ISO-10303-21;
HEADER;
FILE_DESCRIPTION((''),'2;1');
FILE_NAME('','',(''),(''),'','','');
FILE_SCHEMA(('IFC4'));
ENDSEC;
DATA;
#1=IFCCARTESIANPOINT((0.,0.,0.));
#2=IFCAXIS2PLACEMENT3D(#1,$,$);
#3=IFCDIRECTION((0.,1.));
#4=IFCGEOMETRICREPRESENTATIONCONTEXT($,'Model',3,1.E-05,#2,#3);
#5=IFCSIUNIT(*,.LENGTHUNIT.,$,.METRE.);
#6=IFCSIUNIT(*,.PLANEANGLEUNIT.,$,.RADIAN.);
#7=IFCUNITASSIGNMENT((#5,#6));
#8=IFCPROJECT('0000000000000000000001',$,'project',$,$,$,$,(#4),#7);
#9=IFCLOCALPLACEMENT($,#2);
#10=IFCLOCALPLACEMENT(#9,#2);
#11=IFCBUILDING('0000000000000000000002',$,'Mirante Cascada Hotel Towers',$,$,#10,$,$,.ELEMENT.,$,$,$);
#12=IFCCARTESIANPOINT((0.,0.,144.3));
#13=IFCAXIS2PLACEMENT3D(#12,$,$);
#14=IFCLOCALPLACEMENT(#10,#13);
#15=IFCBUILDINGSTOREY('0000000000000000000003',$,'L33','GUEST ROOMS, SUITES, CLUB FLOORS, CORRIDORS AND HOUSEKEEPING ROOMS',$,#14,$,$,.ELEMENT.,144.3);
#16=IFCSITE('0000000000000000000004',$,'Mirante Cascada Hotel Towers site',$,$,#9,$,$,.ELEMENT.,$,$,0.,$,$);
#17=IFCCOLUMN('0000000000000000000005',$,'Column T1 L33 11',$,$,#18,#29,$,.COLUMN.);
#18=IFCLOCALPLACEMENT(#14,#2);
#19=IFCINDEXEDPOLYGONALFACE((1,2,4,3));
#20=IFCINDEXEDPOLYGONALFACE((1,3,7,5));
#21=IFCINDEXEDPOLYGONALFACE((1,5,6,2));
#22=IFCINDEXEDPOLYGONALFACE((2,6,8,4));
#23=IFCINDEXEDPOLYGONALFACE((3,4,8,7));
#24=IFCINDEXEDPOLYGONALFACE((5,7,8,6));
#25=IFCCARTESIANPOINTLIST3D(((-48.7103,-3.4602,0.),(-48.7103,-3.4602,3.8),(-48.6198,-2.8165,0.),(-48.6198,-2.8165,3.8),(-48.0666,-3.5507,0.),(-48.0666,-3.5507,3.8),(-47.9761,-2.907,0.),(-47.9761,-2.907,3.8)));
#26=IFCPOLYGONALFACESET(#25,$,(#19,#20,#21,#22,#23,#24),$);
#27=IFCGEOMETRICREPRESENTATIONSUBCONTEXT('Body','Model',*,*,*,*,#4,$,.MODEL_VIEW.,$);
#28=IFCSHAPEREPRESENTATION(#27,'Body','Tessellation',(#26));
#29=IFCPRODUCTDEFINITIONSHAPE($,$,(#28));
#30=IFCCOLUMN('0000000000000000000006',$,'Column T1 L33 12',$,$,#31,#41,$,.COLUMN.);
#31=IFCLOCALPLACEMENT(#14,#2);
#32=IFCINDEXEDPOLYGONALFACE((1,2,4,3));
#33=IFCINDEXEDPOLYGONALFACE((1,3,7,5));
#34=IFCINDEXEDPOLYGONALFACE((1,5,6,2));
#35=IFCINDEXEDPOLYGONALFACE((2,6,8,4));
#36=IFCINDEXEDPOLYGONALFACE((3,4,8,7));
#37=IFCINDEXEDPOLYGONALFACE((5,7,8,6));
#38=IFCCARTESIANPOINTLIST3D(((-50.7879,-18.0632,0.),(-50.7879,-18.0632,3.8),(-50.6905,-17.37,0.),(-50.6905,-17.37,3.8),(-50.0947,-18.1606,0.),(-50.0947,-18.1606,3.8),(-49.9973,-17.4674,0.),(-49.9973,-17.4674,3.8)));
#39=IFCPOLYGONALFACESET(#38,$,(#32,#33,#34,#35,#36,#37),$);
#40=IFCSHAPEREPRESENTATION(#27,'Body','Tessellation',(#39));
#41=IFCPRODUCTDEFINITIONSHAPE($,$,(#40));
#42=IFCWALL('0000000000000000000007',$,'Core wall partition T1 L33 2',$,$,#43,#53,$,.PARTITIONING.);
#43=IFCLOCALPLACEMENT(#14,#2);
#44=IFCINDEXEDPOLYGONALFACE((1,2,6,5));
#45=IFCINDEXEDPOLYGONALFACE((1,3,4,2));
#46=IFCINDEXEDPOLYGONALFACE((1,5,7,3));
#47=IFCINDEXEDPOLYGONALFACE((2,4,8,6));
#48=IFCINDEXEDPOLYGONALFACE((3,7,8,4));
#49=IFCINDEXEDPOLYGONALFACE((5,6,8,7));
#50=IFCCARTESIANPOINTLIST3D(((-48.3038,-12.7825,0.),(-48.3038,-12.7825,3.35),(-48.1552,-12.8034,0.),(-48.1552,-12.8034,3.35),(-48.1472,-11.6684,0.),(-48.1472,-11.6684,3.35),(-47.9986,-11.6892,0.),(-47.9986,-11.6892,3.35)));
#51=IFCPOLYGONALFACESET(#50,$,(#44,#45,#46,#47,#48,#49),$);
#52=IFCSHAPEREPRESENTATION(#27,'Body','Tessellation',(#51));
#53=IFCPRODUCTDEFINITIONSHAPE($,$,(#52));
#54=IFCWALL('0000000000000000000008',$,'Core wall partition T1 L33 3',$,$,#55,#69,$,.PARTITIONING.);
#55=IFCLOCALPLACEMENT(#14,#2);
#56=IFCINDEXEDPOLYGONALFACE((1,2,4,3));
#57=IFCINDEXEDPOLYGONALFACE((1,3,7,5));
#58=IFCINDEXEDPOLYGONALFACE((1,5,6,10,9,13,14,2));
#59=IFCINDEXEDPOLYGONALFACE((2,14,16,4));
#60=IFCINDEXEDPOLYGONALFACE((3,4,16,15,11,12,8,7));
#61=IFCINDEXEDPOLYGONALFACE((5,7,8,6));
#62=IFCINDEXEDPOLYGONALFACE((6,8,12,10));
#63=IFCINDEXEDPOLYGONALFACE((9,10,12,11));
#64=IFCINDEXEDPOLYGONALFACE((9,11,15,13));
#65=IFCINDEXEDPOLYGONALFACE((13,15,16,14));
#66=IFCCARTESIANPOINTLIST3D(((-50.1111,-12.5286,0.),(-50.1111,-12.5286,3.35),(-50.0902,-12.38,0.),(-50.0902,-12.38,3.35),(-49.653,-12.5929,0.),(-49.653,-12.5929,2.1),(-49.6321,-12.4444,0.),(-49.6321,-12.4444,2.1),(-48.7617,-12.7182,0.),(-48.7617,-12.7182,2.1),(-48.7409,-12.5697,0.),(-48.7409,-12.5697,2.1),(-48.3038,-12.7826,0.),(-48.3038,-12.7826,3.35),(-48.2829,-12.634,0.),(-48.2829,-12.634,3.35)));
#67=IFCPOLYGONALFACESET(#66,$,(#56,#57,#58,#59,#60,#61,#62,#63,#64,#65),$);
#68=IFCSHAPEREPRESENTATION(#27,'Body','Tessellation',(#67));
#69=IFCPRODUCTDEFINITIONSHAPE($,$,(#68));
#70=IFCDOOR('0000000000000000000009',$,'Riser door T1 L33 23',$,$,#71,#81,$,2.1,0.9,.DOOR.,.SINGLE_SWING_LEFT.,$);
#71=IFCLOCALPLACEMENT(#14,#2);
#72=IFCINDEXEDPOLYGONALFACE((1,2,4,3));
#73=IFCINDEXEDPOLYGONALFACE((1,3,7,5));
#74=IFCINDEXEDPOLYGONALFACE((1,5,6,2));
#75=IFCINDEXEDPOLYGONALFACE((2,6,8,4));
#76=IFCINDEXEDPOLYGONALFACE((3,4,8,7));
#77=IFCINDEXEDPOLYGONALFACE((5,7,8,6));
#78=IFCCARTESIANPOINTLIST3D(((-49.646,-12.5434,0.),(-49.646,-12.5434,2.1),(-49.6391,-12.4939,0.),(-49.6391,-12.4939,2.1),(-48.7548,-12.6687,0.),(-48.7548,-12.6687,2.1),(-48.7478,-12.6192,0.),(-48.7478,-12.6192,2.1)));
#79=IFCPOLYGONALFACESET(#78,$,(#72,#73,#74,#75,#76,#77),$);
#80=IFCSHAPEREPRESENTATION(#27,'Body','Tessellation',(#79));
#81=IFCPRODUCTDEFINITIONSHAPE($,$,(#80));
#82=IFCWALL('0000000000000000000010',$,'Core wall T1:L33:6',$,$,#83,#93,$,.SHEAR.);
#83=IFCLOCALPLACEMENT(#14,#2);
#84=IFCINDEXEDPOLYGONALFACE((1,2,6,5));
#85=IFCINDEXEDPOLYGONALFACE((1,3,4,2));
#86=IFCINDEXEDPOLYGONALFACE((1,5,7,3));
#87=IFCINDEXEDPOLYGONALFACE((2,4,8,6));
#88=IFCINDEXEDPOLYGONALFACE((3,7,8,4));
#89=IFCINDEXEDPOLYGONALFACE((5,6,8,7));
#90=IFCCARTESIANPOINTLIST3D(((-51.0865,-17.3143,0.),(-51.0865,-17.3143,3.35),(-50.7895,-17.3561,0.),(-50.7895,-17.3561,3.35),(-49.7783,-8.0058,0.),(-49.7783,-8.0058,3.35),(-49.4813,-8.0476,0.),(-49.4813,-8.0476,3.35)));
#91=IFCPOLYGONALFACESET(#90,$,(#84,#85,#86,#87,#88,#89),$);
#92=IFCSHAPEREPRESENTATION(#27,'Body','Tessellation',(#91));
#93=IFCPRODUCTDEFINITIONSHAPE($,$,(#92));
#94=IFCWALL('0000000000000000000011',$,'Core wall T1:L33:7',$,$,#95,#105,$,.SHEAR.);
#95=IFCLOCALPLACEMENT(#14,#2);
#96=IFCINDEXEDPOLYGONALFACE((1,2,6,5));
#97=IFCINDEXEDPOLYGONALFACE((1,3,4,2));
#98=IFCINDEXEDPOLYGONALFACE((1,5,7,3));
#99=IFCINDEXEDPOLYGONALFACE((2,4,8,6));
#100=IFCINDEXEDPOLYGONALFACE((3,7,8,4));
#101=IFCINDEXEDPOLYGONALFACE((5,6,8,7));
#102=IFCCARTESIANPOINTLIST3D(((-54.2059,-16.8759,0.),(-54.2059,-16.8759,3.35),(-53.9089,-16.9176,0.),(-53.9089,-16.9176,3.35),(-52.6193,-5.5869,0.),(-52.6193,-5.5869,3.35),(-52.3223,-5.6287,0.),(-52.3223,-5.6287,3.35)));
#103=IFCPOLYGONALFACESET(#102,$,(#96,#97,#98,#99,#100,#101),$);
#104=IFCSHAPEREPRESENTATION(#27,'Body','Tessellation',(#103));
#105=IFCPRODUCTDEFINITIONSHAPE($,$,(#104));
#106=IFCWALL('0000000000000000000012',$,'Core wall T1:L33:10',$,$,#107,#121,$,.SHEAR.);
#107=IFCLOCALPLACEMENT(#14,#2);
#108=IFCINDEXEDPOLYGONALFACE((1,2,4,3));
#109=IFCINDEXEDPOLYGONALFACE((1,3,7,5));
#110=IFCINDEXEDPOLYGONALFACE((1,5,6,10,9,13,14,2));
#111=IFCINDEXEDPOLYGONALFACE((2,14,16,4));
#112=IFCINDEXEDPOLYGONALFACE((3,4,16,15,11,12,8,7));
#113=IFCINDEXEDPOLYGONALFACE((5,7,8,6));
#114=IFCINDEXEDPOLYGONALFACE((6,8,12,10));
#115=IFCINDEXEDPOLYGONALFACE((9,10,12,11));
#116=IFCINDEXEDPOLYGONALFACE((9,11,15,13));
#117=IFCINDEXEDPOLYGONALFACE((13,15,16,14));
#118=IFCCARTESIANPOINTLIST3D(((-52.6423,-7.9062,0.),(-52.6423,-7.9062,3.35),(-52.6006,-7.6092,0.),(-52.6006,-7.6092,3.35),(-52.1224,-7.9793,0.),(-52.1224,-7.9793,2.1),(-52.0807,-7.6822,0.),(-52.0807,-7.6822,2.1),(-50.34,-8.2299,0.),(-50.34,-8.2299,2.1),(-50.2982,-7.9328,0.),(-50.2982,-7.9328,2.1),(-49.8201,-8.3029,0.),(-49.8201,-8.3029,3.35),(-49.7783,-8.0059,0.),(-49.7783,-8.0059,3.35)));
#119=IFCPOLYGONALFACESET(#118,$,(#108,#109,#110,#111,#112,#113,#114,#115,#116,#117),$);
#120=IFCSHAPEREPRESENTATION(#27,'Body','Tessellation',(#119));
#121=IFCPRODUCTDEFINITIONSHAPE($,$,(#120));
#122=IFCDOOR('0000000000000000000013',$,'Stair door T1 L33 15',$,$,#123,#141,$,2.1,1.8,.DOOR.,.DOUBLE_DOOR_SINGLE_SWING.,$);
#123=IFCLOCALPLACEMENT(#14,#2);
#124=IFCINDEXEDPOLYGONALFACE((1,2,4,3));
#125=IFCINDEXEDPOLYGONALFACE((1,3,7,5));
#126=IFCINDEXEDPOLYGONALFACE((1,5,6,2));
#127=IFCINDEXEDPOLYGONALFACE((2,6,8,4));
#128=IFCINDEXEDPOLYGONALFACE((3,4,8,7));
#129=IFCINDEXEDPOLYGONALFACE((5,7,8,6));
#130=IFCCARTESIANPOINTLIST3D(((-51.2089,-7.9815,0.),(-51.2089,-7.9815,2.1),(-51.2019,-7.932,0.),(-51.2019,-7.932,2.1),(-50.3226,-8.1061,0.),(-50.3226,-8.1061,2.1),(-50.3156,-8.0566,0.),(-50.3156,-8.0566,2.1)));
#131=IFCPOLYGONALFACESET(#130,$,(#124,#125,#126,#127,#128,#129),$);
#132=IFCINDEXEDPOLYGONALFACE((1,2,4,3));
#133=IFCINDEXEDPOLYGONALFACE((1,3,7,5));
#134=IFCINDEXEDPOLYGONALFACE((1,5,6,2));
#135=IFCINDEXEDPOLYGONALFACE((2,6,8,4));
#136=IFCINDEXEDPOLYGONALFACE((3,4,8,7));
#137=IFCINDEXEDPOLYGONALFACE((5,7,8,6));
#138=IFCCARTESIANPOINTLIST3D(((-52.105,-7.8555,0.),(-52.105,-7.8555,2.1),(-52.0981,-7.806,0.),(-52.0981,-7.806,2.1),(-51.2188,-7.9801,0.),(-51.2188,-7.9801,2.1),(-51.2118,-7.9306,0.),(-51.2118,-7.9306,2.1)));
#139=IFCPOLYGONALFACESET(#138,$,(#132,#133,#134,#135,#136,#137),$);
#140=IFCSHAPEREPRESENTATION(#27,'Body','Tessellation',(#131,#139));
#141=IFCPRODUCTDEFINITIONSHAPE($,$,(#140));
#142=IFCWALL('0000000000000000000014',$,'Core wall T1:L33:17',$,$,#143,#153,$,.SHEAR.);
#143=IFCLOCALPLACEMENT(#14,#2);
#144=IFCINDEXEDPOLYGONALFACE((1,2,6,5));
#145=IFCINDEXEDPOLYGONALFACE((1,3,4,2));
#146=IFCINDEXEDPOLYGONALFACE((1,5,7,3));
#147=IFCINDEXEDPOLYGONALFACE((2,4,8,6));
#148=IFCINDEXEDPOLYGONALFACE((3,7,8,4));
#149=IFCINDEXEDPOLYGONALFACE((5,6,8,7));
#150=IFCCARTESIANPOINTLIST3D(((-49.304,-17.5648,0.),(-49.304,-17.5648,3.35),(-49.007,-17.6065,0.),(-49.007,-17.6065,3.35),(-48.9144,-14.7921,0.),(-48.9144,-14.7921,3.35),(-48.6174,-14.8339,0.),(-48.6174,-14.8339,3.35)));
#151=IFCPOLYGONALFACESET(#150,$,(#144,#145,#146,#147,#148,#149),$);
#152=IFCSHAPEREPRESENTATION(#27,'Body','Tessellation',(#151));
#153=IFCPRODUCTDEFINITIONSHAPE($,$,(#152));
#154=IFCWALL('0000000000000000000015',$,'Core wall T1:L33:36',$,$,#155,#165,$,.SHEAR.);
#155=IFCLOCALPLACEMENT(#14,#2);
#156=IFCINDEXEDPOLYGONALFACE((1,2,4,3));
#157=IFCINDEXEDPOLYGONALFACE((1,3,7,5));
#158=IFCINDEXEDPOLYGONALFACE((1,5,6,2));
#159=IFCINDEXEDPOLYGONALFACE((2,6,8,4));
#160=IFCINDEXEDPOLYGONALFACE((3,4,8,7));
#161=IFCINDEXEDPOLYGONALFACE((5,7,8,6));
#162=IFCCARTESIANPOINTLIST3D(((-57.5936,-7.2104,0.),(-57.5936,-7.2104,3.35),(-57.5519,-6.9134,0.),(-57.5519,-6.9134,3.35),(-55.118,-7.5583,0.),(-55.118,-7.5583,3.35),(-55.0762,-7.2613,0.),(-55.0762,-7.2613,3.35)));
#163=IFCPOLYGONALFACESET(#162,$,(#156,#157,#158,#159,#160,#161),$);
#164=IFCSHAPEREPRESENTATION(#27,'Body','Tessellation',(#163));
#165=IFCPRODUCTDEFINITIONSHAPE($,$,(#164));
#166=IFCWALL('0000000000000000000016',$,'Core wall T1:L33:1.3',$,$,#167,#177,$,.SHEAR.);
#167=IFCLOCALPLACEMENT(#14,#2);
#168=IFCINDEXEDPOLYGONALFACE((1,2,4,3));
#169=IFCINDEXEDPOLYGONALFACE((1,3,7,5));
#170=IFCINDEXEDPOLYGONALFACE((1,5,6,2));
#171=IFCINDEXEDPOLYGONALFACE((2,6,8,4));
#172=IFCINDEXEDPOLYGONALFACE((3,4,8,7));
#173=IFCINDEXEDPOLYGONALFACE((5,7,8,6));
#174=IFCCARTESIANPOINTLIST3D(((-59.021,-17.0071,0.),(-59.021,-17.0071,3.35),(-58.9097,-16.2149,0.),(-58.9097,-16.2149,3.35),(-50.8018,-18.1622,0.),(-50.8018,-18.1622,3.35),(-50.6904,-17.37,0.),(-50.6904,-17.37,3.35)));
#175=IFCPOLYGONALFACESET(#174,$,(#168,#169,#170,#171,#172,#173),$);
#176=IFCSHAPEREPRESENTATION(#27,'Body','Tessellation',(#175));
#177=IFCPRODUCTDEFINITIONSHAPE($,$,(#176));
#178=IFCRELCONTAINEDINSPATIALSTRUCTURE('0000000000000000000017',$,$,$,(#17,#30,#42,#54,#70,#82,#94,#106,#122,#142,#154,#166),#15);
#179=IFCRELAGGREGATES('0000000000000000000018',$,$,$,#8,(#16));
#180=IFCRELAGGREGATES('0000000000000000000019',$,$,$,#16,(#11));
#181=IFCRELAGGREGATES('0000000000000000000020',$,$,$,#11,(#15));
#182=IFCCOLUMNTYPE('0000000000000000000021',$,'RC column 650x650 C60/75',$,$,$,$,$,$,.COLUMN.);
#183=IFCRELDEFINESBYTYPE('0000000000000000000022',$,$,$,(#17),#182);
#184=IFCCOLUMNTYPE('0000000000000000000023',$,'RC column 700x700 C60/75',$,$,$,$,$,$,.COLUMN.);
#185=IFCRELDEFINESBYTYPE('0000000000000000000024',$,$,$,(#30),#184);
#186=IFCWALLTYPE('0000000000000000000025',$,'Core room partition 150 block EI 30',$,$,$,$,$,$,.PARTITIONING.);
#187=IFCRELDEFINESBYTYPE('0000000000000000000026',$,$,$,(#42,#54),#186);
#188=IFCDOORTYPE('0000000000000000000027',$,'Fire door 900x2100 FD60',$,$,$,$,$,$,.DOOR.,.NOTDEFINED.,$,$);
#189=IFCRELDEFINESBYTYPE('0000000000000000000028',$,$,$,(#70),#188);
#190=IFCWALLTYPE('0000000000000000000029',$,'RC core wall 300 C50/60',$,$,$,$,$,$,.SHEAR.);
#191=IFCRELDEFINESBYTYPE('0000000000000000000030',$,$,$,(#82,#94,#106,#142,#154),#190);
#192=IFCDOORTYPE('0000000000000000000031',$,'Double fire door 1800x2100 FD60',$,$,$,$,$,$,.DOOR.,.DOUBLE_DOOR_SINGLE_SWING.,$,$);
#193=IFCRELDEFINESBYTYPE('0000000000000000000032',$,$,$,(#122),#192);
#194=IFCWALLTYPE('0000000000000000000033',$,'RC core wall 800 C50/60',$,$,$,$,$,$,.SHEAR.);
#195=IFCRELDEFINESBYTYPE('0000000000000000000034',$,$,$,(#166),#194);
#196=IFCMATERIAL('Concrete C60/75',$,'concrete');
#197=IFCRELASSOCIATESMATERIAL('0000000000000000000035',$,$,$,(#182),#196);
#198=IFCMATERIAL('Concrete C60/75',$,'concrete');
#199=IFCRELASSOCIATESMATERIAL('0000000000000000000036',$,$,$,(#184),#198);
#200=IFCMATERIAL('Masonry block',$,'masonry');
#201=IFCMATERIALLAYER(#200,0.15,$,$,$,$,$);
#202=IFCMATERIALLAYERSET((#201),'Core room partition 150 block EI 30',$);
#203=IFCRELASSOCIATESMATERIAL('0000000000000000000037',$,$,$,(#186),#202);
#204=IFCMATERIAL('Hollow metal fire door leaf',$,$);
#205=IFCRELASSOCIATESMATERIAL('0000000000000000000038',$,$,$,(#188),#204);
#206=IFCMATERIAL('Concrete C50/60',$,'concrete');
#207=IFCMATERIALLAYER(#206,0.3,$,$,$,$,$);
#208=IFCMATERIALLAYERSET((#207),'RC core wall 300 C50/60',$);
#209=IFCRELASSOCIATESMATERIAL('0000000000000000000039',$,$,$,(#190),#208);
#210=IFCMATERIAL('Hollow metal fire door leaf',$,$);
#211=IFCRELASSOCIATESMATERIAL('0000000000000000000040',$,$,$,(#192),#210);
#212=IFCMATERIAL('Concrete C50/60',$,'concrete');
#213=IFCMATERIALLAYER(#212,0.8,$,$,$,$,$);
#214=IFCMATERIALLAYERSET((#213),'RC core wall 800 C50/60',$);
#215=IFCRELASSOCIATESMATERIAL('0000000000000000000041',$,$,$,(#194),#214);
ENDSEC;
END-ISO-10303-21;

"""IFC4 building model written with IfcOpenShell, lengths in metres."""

from ifc_helpers import new_model, si_unit, direction, frame, frame_2d, origin, origin_2d, place, context, subcontext, project, spatial, rectangle, extrude, material, layer, layer_set, material_profile, profile_set, type_object, element, fill, save


model = new_model("IFC4")

# Units and contexts
model_context = context("Model", 3, precision=1e-05, world=origin(), true_north=direction((0.0, 1.0)))
body_context = subcontext(model_context, "Body", "Model", "MODEL_VIEW")
ifc_project = project(units=[si_unit("LENGTHUNIT", "METRE"), si_unit("PLANEANGLEUNIT", "RADIAN")], contexts=[model_context])

# Site, building, storey
site_placement = place(None, origin())
site = spatial("IfcSite", under=ifc_project, at=site_placement, Name="Mirante Cascada Hotel Towers site", CompositionType="ELEMENT", RefElevation=0.0)
building_placement = place(site_placement, origin())
building = spatial("IfcBuilding", under=site, at=building_placement, Name="Mirante Cascada Hotel Towers", CompositionType="ELEMENT")
storey_placement = place(building_placement, frame((0.0, 0.0, 144.3)))
storey = spatial("IfcBuildingStorey", under=building, at=storey_placement, Name="L33", Description="GUEST ROOMS, SUITES, CLUB FLOORS, CORRIDORS AND HOUSEKEEPING ROOMS", CompositionType="ELEMENT", Elevation=144.3)

# Columns
ifc_material_1 = material(Name="Concrete C60/75", Category="concrete")
ifc_material_profile_1 = material_profile(ifc_material_1, rectangle(XDim=0.65, YDim=0.65, at=origin_2d()), Name="RC column 650x650 C60/75")
ifc_profile_set_1 = profile_set([ifc_material_profile_1], Name="Concrete C60/75")
column_type_1 = type_object("IfcColumnType", Name="RC column 650x650 C60/75", PredefinedType="COLUMN", material=ifc_profile_set_1)
column_1_placement = place(storey_placement, frame((-48.3432, -3.1836, 0.0), z_axis=(0.0, 0.0, 1.0), x_axis=(-0.990268, 0.139173, 0.0)))
element("IfcColumn", 1, at=column_1_placement, inside=storey, type_object=column_type_1, Name="Column T1 L33 11", PredefinedType="COLUMN", context=body_context, shape_type="SweptSolid", body=[
    extrude(rectangle(XDim=0.65, YDim=0.65, at=origin_2d()), origin(), (0.0, 0.0, 1.0), 3.8),
])
ifc_material_2 = material(Name="Concrete C60/75", Category="concrete")
ifc_material_profile_2 = material_profile(ifc_material_2, rectangle(XDim=0.7, YDim=0.7, at=origin_2d()), Name="RC column 700x700 C60/75")
ifc_profile_set_2 = profile_set([ifc_material_profile_2], Name="Concrete C60/75")
column_type_2 = type_object("IfcColumnType", Name="RC column 700x700 C60/75", PredefinedType="COLUMN", material=ifc_profile_set_2)
column_2_placement = place(storey_placement, frame((-50.3926, -17.7653, 0.0), z_axis=(0.0, 0.0, 1.0), x_axis=(-0.990268, 0.139173, 0.0)))
element("IfcColumn", 2, at=column_2_placement, inside=storey, type_object=column_type_2, Name="Column T1 L33 12", PredefinedType="COLUMN", context=body_context, shape_type="SweptSolid", body=[
    extrude(rectangle(XDim=0.7, YDim=0.7, at=origin_2d()), origin(), (0.0, 0.0, 1.0), 3.8),
])

# Wall
ifc_material_3 = material(Name="Masonry block", Category="masonry")
ifc_layer_1 = layer(ifc_material_3, 0.15)
ifc_layer_set_1 = layer_set([ifc_layer_1], Name="Core room partition 150 block EI 30")
wall_type_1 = type_object("IfcWallType", Name="Core room partition 150 block EI 30", PredefinedType="PARTITIONING", material=ifc_layer_set_1)
wall_1_placement = place(storey_placement, frame((-48.2295, -12.793, 0.0), z_axis=(0.0, 0.0, 1.0), x_axis=(0.139193, 0.990265, 0.0)))
element("IfcWall", 3, at=wall_1_placement, inside=storey, type_object=wall_type_1, Name="Core wall partition T1 L33 2", PredefinedType="PARTITIONING", context=body_context, shape_type="SweptSolid", body=[
    extrude(rectangle(XDim=1.1251, YDim=0.15, at=frame_2d((0.5626, 0.0))), origin(), (0.0, 0.0, 1.0), 3.35),
])

# Wall, opening, door
wall_2_placement = place(storey_placement, frame((-48.2933, -12.7083, 0.0), z_axis=(0.0, 0.0, 1.0), x_axis=(-0.990268, 0.139173, 0.0)))
wall_2 = element("IfcWall", 4, at=wall_2_placement, inside=storey, type_object=wall_type_1, Name="Core wall partition T1 L33 3", PredefinedType="PARTITIONING", context=body_context, shape_type="SweptSolid", body=[
    extrude(rectangle(XDim=1.8251, YDim=0.15, at=frame_2d((0.9126, 0.0))), origin(), (0.0, 0.0, 1.0), 3.35),
])
opening_1_placement = place(wall_2_placement, frame((0.4625, 0.0, 0.0)))
opening_1 = element("IfcOpeningElement", 5, at=opening_1_placement, cuts=wall_2, PredefinedType="OPENING", context=body_context, shape_type="SweptSolid", body=[
    extrude(rectangle(XDim=0.9, YDim=2.1, at=frame_2d((0.45, 1.05))), frame((0.0, 0.075, 0.0), z_axis=(0.0, -1.0, 0.0), x_axis=(1.0, 0.0, 0.0)), (0.0, 0.0, 1.0), 0.15),
])
ifc_material_4 = material(Name="Hollow metal fire door leaf")
door_type_1 = type_object("IfcDoorType", Name="Fire door 900x2100 FD60", OperationType="NOTDEFINED", PredefinedType="DOOR", material=ifc_material_4)
door_1_placement = place(opening_1_placement, origin())
door_1 = element("IfcDoor", 6, at=door_1_placement, inside=storey, type_object=door_type_1, Name="Riser door T1 L33 23", OperationType="SINGLE_SWING_LEFT", OverallHeight=2.1, OverallWidth=0.9, PredefinedType="DOOR", context=body_context, shape_type="SweptSolid", body=[
    extrude(rectangle(XDim=0.9, YDim=2.1, at=frame_2d((0.45, 1.05))), frame((0.0, 0.025, 0.0), z_axis=(0.0, -1.0, 0.0), x_axis=(1.0, 0.0, 0.0)), (0.0, 0.0, 1.0), 0.05),
])
fill(opening_1, door_1)

# Walls
ifc_material_5 = material(Name="Concrete C50/60", Category="concrete")
ifc_layer_2 = layer(ifc_material_5, 0.3)
ifc_layer_set_2 = layer_set([ifc_layer_2], Name="RC core wall 300 C50/60")
wall_type_2 = type_object("IfcWallType", Name="RC core wall 300 C50/60", PredefinedType="SHEAR", material=ifc_layer_set_2)
wall_3_placement = place(storey_placement, frame((-50.938, -17.3352, 0.0), z_axis=(0.0, 0.0, 1.0), x_axis=(0.139171, 0.990268, 0.0)))
element("IfcWall", 7, at=wall_3_placement, inside=storey, type_object=wall_type_2, Name="Core wall T1:L33:6", PredefinedType="SHEAR", context=body_context, shape_type="SweptSolid", body=[
    extrude(rectangle(XDim=9.4, YDim=0.3, at=frame_2d((4.7, 0.0))), origin(), (0.0, 0.0, 1.0), 3.35),
])
wall_4_placement = place(storey_placement, frame((-54.0574, -16.8968, 0.0), z_axis=(0.0, 0.0, 1.0), x_axis=(0.139176, 0.990268, 0.0)))
element("IfcWall", 8, at=wall_4_placement, inside=storey, type_object=wall_type_2, Name="Core wall T1:L33:7", PredefinedType="SHEAR", context=body_context, shape_type="SweptSolid", body=[
    extrude(rectangle(XDim=11.3999, YDim=0.3, at=frame_2d((5.7, 0.0))), origin(), (0.0, 0.0, 1.0), 3.35),
])

# Wall, opening, door
wall_5_placement = place(storey_placement, frame((-49.7992, -8.1544, 0.0), z_axis=(0.0, 0.0, 1.0), x_axis=(-0.990266, 0.139191, 0.0)))
wall_5 = element("IfcWall", 9, at=wall_5_placement, inside=storey, type_object=wall_type_2, Name="Core wall T1:L33:10", PredefinedType="SHEAR", context=body_context, shape_type="SweptSolid", body=[
    extrude(rectangle(XDim=2.85, YDim=0.3, at=frame_2d((1.425, 0.0))), origin(), (0.0, 0.0, 1.0), 3.35),
])
opening_2_placement = place(wall_5_placement, frame((0.525, 0.0, 0.0)))
opening_2 = element("IfcOpeningElement", 10, at=opening_2_placement, cuts=wall_5, PredefinedType="OPENING", context=body_context, shape_type="SweptSolid", body=[
    extrude(rectangle(XDim=1.8, YDim=2.1, at=frame_2d((0.9, 1.05))), frame((0.0, 0.15, 0.0), z_axis=(0.0, -1.0, 0.0), x_axis=(1.0, 0.0, 0.0)), (0.0, 0.0, 1.0), 0.3),
])
ifc_material_6 = material(Name="Hollow metal fire door leaf")
door_type_2 = type_object("IfcDoorType", Name="Double fire door 1800x2100 FD60", OperationType="DOUBLE_DOOR_SINGLE_SWING", PredefinedType="DOOR", material=ifc_material_6)
door_2_placement = place(opening_2_placement, origin())
door_2 = element("IfcDoor", 11, at=door_2_placement, inside=storey, type_object=door_type_2, Name="Stair door T1 L33 15", OperationType="DOUBLE_DOOR_SINGLE_SWING", OverallHeight=2.1, OverallWidth=1.8, PredefinedType="DOOR", context=body_context, shape_type="SweptSolid", body=[
    extrude(rectangle(XDim=0.895, YDim=2.1, at=frame_2d((0.4475, 1.05))), frame((0.0, 0.025, 0.0), z_axis=(0.0, -1.0, 0.0), x_axis=(1.0, 0.0, 0.0)), (0.0, 0.0, 1.0), 0.05),
    extrude(rectangle(XDim=0.895, YDim=2.1, at=frame_2d((1.3525, 1.05))), frame((0.0, 0.025, 0.0), z_axis=(0.0, -1.0, 0.0), x_axis=(1.0, 0.0, 0.0)), (0.0, 0.0, 1.0), 0.05),
])
fill(opening_2, door_2)

# Wall
wall_6_placement = place(storey_placement, frame((-49.1555, -17.5857, 0.0), z_axis=(0.0, 0.0, 1.0), x_axis=(0.139146, 0.990272, 0.0)))
element("IfcWall", 12, at=wall_6_placement, inside=storey, type_object=wall_type_2, Name="Core wall T1:L33:17", PredefinedType="SHEAR", context=body_context, shape_type="SweptSolid", body=[
    extrude(rectangle(XDim=2.7999, YDim=0.3, at=frame_2d((1.4, 0.0))), origin(), (0.0, 0.0, 1.0), 3.35),
])

# Walls
wall_7_placement = place(storey_placement, frame((-55.0971, -7.4098, 0.0), z_axis=(0.0, 0.0, 1.0), x_axis=(-0.99027, 0.139159, 0.0)))
element("IfcWall", 13, at=wall_7_placement, inside=storey, type_object=wall_type_2, Name="Core wall T1:L33:36", PredefinedType="SHEAR", context=body_context, shape_type="SweptSolid", body=[
    extrude(rectangle(XDim=2.5, YDim=0.3, at=frame_2d((1.25, 0.0))), origin(), (0.0, 0.0, 1.0), 3.35),
])
ifc_material_7 = material(Name="Concrete C50/60", Category="concrete")
ifc_layer_3 = layer(ifc_material_7, 0.8)
ifc_layer_set_3 = layer_set([ifc_layer_3], Name="RC core wall 800 C50/60")
wall_type_3 = type_object("IfcWallType", Name="RC core wall 800 C50/60", PredefinedType="SHEAR", material=ifc_layer_set_3)
wall_8_placement = place(storey_placement, frame((-50.7461, -17.7661, 0.0), z_axis=(0.0, 0.0, 1.0), x_axis=(-0.990269, 0.139169, 0.0)))
element("IfcWall", 14, at=wall_8_placement, inside=storey, type_object=wall_type_3, Name="Core wall T1:L33:1.3", PredefinedType="SHEAR", context=body_context, shape_type="SweptSolid", body=[
    extrude(rectangle(XDim=8.3, YDim=0.8, at=frame_2d((4.15, 0.0))), origin(), (0.0, 0.0, 1.0), 3.35),
])

save(model, "model.ifc")
